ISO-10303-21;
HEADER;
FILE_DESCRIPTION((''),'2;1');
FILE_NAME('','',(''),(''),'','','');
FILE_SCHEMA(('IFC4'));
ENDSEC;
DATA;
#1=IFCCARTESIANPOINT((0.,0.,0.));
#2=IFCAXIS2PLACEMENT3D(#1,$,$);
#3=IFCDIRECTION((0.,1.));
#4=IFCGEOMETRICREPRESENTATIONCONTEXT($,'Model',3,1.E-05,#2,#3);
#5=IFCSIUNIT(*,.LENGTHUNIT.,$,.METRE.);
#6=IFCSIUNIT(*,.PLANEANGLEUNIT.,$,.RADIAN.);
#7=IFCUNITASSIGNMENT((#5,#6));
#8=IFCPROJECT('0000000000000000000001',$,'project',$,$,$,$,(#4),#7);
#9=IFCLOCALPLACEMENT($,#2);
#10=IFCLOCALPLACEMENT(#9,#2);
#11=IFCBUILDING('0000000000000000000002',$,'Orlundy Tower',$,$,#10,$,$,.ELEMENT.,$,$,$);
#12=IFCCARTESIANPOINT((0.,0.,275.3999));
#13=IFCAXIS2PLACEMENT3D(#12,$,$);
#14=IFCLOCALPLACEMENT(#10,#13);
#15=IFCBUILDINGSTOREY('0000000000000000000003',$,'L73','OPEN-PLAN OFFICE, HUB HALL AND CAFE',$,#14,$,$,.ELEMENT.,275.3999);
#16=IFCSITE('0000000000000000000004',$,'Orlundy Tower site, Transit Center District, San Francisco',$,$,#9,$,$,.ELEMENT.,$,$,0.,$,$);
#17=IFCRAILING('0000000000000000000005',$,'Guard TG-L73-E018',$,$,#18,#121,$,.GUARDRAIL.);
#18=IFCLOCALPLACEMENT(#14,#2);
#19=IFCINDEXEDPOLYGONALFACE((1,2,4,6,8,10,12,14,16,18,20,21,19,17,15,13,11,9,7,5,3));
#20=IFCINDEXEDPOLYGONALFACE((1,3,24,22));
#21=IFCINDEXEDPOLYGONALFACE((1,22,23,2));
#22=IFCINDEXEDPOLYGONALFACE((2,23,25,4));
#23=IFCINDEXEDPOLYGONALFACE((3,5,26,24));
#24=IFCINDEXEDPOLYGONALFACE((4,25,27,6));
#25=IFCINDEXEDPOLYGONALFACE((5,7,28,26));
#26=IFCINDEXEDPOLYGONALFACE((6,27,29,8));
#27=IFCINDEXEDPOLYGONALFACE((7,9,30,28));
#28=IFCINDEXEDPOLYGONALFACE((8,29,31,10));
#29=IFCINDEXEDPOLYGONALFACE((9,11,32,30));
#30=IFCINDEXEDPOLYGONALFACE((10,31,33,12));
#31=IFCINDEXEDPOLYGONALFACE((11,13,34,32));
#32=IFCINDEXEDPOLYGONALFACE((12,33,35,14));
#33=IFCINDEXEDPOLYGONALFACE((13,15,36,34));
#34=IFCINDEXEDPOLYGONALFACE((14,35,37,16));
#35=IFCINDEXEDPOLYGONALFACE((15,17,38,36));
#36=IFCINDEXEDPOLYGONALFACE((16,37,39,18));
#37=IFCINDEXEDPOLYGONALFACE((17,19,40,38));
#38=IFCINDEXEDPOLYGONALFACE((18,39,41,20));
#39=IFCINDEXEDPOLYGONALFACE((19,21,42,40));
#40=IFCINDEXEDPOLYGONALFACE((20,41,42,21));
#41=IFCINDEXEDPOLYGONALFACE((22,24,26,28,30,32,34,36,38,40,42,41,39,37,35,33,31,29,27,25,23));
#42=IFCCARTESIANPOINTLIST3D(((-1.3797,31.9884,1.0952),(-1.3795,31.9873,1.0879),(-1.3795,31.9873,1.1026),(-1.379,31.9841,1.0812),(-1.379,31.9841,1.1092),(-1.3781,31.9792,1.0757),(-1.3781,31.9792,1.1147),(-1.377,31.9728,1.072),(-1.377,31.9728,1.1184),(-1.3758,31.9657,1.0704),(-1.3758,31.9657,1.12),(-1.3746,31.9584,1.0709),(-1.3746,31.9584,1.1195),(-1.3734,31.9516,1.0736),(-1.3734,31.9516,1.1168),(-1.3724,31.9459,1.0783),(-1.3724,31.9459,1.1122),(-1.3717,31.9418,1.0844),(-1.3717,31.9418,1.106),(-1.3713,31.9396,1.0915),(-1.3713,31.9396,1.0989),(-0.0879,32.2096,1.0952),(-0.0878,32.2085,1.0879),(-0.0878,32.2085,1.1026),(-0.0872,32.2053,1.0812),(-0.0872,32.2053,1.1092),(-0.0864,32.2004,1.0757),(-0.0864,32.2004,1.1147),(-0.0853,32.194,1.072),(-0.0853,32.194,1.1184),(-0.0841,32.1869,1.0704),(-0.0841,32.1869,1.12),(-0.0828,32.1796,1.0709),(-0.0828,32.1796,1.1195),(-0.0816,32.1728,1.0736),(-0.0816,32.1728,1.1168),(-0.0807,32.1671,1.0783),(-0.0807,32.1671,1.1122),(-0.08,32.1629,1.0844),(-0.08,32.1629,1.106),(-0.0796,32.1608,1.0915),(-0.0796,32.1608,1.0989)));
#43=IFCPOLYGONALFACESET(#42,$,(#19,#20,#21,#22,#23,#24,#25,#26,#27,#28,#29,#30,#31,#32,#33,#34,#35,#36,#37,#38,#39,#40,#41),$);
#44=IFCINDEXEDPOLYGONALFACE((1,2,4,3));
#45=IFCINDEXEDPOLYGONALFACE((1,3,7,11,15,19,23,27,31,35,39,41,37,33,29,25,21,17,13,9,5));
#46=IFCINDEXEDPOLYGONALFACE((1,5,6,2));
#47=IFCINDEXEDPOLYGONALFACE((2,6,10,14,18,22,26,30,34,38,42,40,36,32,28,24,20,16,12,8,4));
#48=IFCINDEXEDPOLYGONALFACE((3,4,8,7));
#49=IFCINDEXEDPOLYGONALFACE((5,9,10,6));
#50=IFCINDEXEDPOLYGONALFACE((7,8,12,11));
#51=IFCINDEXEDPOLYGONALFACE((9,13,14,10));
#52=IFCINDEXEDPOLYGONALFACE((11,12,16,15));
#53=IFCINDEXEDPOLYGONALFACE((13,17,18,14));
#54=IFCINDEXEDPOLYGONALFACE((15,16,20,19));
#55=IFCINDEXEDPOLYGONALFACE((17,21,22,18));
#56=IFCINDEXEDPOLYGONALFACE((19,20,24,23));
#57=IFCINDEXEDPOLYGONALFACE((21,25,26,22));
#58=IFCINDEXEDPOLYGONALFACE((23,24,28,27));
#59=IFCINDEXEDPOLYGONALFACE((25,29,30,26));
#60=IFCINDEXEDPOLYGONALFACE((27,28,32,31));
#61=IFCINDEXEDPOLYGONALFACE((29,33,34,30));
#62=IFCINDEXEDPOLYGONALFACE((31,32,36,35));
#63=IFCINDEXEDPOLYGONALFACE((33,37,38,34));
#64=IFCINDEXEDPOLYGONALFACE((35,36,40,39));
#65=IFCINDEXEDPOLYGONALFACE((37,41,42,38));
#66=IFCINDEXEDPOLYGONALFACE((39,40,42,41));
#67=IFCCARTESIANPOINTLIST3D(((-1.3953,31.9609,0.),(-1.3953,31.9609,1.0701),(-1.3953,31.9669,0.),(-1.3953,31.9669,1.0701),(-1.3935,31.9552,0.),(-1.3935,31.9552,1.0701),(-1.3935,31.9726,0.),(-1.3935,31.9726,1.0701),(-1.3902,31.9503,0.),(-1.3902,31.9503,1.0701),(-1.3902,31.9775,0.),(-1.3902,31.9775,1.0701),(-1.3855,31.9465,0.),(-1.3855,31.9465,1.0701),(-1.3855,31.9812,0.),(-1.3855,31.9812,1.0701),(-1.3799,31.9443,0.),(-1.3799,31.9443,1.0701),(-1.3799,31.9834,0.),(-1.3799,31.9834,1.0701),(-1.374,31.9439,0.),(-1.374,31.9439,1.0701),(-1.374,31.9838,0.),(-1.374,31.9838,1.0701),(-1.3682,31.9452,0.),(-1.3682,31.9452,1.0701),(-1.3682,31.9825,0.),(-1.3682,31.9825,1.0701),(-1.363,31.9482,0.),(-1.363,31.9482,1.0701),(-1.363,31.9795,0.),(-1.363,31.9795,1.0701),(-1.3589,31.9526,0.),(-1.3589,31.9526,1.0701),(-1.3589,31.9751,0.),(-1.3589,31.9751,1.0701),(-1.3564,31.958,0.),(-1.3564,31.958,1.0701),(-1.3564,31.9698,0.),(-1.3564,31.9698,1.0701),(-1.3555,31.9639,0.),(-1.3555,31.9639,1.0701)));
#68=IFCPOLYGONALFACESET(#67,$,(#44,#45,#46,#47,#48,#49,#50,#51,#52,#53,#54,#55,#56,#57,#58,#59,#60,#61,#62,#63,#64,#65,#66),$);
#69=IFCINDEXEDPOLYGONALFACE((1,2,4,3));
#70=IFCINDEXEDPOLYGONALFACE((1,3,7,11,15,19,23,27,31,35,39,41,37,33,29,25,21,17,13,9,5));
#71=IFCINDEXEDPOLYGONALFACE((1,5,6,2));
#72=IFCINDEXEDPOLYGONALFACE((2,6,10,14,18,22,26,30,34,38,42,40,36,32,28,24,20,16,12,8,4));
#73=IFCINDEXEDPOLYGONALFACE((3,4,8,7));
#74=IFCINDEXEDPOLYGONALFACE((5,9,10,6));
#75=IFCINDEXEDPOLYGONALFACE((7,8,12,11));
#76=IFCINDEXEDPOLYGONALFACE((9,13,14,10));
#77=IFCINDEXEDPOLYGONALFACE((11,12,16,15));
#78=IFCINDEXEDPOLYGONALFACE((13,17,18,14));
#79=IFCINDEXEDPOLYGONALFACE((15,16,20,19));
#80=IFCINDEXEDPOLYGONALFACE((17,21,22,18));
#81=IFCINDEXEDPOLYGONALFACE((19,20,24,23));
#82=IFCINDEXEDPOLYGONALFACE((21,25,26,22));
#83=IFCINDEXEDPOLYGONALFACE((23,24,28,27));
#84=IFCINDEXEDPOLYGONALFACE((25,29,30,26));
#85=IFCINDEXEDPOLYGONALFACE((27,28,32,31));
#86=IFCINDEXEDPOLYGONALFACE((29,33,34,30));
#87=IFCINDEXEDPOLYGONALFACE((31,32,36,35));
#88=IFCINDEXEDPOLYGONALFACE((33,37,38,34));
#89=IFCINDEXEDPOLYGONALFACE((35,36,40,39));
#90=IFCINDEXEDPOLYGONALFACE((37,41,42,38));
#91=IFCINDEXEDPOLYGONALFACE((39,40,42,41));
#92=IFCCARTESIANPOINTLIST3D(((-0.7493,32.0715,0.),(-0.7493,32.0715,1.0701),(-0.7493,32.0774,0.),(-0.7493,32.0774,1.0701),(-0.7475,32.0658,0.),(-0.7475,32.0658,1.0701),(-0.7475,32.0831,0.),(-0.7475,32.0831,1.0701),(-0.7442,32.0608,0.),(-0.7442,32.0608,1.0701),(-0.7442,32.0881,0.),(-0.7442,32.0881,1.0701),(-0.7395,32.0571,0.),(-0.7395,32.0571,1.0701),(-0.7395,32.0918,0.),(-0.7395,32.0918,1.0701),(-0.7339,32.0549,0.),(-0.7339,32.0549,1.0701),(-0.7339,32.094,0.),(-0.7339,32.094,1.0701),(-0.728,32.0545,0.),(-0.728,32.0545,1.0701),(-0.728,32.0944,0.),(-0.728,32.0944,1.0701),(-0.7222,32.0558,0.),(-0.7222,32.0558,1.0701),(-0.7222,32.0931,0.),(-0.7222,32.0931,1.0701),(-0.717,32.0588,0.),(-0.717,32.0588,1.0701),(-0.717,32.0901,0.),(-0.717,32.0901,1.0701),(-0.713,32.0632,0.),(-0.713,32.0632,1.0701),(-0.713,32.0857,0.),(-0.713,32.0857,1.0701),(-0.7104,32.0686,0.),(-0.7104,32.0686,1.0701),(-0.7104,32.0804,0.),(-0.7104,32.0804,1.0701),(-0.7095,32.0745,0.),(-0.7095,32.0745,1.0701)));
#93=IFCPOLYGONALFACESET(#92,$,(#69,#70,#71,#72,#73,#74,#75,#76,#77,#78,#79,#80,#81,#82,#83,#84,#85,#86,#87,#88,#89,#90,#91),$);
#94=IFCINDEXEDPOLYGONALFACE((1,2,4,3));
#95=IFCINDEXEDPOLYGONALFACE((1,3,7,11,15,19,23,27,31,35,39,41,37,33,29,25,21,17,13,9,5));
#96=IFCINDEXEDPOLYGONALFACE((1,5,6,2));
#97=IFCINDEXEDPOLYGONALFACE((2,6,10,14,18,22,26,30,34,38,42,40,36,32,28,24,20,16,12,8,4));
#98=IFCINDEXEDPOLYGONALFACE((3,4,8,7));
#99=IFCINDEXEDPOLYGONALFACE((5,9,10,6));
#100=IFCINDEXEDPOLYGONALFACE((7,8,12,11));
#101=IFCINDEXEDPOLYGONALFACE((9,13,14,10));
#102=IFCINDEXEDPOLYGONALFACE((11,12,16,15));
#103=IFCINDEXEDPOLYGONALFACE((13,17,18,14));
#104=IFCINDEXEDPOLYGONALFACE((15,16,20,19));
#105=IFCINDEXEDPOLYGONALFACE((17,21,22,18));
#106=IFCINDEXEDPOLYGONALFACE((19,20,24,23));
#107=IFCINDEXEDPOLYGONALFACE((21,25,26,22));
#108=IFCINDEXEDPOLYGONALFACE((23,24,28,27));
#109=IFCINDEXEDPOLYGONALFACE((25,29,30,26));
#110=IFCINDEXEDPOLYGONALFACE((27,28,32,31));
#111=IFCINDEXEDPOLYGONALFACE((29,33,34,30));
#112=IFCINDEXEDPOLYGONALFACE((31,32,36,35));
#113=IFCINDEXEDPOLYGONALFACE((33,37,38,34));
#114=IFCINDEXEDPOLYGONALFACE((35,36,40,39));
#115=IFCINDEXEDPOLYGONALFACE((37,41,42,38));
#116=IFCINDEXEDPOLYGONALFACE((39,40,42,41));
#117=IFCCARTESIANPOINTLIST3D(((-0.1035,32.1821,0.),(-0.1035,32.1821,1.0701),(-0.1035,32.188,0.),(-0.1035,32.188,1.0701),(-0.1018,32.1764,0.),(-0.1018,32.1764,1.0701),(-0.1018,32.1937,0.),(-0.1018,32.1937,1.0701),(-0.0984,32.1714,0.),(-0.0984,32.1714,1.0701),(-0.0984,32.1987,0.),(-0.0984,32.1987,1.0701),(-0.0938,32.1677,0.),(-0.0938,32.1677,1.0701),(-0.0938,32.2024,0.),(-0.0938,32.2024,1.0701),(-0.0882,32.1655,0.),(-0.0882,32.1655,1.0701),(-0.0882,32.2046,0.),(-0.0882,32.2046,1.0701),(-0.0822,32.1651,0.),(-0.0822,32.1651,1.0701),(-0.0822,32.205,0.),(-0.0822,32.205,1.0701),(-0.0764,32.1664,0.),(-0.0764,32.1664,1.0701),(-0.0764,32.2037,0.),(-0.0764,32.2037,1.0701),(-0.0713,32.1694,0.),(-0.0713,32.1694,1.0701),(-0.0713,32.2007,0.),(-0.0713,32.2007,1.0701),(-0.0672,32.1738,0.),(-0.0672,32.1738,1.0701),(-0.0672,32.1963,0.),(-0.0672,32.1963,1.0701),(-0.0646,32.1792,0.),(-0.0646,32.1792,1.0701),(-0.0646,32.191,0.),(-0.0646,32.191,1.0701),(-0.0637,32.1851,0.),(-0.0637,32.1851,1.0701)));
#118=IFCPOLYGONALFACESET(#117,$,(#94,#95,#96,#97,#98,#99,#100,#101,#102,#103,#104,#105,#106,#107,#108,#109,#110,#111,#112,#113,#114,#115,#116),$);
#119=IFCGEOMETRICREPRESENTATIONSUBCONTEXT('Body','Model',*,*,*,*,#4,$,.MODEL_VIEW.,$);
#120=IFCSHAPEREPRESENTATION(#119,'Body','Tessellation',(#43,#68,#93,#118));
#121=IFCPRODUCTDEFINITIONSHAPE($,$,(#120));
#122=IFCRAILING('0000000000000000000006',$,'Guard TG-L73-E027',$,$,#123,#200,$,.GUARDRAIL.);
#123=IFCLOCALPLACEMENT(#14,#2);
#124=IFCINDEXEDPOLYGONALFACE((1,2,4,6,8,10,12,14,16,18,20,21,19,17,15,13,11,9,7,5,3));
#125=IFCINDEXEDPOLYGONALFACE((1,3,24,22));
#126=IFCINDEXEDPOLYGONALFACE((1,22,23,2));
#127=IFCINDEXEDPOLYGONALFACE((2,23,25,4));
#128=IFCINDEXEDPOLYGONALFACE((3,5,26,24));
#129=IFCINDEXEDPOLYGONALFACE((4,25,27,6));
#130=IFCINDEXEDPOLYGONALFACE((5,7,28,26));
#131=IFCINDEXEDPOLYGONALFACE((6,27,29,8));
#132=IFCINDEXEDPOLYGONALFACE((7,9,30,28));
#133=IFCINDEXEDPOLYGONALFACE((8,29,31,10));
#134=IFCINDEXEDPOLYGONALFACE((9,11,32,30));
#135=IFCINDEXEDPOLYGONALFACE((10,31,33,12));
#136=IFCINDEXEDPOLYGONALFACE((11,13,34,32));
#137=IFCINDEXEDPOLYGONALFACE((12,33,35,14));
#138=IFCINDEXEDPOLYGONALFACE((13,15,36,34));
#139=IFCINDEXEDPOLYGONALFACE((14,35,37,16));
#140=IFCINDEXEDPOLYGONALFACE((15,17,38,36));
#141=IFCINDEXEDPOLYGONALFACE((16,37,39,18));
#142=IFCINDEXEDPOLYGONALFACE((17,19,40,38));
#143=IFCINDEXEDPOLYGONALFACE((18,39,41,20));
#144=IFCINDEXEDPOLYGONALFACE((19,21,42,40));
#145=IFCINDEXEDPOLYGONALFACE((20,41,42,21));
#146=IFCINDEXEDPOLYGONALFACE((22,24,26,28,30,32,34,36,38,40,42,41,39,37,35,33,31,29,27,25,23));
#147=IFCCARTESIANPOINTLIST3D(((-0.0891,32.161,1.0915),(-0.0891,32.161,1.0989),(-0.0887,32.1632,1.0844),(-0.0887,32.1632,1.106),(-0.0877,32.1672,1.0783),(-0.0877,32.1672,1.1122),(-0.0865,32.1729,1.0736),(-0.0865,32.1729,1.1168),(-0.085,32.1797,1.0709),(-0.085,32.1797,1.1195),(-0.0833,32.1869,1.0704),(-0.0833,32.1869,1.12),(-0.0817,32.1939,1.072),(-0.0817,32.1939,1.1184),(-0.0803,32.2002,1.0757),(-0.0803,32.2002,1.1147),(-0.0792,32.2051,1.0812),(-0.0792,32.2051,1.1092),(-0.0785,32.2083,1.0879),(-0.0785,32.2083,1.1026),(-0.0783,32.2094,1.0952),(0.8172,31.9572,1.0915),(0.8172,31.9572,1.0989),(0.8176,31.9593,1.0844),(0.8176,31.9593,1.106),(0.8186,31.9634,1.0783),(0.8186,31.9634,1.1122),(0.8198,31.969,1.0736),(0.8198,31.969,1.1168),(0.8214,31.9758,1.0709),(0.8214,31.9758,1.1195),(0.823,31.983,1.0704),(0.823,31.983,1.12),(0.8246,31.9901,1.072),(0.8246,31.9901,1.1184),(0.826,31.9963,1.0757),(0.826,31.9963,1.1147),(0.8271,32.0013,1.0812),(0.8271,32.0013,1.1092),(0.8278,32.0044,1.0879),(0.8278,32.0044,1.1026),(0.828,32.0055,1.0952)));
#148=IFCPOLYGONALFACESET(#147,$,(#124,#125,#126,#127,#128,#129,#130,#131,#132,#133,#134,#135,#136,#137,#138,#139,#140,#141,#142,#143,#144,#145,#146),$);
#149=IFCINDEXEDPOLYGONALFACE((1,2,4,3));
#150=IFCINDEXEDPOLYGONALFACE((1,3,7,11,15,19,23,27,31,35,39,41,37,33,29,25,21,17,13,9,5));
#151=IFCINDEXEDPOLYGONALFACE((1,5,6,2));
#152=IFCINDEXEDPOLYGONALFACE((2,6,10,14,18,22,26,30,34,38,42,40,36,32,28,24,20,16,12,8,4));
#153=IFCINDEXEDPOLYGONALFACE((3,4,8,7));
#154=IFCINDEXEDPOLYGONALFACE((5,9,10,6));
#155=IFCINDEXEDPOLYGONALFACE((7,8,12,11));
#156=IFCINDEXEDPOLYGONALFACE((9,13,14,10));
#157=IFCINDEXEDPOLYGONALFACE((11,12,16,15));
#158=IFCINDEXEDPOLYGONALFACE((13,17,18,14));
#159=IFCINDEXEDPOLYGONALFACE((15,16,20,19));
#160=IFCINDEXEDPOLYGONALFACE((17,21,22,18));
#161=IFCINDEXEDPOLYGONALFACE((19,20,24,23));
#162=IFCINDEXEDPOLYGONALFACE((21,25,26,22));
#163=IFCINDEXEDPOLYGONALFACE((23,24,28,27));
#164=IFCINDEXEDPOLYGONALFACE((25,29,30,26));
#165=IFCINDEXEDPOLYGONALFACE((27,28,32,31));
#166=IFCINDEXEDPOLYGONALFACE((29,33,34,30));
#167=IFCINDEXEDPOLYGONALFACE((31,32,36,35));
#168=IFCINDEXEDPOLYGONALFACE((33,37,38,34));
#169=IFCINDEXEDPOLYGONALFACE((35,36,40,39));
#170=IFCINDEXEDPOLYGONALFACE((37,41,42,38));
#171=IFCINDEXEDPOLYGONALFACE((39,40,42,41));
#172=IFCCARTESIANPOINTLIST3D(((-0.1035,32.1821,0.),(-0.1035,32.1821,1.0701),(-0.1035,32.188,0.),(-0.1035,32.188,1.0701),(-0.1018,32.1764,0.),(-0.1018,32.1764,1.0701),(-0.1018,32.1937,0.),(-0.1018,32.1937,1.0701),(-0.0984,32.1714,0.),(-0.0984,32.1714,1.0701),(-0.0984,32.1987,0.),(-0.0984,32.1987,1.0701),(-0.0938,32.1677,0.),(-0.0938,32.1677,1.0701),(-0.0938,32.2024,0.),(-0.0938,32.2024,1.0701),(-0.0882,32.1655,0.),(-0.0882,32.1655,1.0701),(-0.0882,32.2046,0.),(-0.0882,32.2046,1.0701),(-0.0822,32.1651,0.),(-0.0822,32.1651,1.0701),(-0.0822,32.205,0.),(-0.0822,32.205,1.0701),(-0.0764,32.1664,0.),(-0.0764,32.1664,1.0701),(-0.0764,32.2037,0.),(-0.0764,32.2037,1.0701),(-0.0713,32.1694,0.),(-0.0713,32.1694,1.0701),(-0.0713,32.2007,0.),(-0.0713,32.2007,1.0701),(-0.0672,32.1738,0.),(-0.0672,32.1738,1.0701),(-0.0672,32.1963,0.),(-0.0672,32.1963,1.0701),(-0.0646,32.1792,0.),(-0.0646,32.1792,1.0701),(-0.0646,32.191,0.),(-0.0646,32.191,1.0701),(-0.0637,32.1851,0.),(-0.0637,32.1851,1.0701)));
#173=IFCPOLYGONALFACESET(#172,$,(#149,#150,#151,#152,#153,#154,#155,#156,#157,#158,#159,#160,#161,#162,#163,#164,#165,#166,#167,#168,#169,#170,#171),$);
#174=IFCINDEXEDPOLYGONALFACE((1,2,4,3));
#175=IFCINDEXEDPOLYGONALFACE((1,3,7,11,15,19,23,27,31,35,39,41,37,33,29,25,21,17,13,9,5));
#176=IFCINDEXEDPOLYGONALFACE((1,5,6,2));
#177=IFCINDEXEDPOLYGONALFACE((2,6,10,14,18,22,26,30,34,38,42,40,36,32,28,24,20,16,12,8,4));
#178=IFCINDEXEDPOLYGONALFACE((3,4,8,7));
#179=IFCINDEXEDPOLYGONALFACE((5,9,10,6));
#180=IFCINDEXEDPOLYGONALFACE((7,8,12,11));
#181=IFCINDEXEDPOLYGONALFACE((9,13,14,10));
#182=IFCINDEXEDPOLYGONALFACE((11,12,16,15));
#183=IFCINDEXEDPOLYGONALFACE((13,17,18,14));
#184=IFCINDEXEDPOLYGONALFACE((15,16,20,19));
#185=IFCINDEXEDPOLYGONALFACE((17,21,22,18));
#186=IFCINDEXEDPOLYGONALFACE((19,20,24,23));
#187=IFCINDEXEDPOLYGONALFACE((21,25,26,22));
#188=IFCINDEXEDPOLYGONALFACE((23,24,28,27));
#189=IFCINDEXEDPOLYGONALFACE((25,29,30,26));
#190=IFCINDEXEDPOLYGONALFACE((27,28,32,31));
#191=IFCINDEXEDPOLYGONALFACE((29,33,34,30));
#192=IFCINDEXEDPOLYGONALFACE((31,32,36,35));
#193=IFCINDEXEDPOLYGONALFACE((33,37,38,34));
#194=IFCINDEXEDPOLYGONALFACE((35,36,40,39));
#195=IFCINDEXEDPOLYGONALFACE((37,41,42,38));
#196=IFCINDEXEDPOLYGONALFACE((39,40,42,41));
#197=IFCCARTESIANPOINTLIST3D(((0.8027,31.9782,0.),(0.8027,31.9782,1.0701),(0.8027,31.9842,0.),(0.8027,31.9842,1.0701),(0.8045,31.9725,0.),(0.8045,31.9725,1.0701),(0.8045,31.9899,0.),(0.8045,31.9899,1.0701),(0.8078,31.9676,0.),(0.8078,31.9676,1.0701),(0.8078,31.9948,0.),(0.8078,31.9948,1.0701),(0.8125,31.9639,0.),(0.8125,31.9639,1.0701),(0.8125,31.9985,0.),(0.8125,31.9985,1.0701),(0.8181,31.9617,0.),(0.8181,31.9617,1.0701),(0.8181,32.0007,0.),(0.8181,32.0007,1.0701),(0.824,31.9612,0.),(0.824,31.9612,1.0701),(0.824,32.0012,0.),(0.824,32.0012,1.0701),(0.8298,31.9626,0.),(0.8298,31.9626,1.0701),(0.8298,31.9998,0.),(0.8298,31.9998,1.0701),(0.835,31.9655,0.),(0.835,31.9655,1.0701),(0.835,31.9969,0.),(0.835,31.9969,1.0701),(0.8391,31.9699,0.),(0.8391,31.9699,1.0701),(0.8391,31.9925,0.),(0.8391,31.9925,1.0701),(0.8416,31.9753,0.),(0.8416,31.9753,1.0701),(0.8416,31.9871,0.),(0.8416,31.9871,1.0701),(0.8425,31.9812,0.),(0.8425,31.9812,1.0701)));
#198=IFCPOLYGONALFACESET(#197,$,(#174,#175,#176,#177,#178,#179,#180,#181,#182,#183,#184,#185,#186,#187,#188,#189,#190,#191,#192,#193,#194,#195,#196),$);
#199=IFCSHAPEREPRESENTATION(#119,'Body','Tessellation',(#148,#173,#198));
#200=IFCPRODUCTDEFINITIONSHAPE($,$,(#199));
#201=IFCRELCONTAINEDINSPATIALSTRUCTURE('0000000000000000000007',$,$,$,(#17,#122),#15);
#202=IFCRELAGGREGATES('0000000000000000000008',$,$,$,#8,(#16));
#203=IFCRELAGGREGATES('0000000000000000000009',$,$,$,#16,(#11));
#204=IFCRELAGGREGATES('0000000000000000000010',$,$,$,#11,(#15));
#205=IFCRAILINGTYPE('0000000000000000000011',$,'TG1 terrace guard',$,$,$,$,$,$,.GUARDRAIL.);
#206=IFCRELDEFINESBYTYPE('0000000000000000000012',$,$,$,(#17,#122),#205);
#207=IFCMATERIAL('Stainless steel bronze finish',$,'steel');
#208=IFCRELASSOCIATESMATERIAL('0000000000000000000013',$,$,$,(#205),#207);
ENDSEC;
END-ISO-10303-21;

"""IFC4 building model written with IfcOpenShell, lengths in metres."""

from ifc_helpers import new_model, si_unit, direction, frame, origin, origin_2d, place, context, subcontext, project, spatial, circle, extrude, material, type_object, element, save


model = new_model("IFC4")

# Units and contexts
model_context = context("Model", 3, precision=1e-05, world=origin(), true_north=direction((0.0, 1.0)))
body_context = subcontext(model_context, "Body", "Model", "MODEL_VIEW")
ifc_project = project(units=[si_unit("LENGTHUNIT", "METRE"), si_unit("PLANEANGLEUNIT", "RADIAN")], contexts=[model_context])

# Site, building, storey
site_placement = place(None, origin())
site = spatial("IfcSite", under=ifc_project, at=site_placement, Name="Orlundy Tower site, Transit Center District, San Francisco", CompositionType="ELEMENT", RefElevation=0.0)
building_placement = place(site_placement, origin())
building = spatial("IfcBuilding", under=site, at=building_placement, Name="Orlundy Tower", CompositionType="ELEMENT")
storey_placement = place(building_placement, frame((0.0, 0.0, 275.3999)))
storey = spatial("IfcBuildingStorey", under=building, at=storey_placement, Name="L73", Description="OPEN-PLAN OFFICE, HUB HALL AND CAFE", CompositionType="ELEMENT", Elevation=275.3999)

# Railings
ifc_material_1 = material(Name="Stainless steel bronze finish", Category="steel")
railing_type = type_object("IfcRailingType", Name="TG1 terrace guard", PredefinedType="GUARDRAIL", material=ifc_material_1)
railing_1_placement = place(storey_placement, frame((-1.3755, 31.9639, 0.0)))
element("IfcRailing", 1, at=railing_1_placement, inside=storey, type_object=railing_type, Name="Guard TG-L73-E018", PredefinedType="GUARDRAIL", context=body_context, shape_type="SweptSolid", body=[
    extrude(circle(Radius=0.0249, at=origin_2d()), frame((0.0, 0.0, 1.0952), z_axis=(0.985654, 0.168778, 0.0), x_axis=(-0.168778, 0.985654, 0.0)), (0.0, 0.0, 1.0), 1.3105),
    extrude(circle(Radius=0.02, at=origin_2d()), origin(), (0.0, 0.0, 1.0), 1.0701),
    extrude(circle(Radius=0.02, at=origin_2d()), frame((0.646, 0.1106, 0.0)), (0.0, 0.0, 1.0), 1.0701),
    extrude(circle(Radius=0.02, at=origin_2d()), frame((1.2917, 0.2212, 0.0)), (0.0, 0.0, 1.0), 1.0701),
])
railing_2_placement = place(storey_placement, frame((-0.0837, 32.1851, 0.0)))
element("IfcRailing", 2, at=railing_2_placement, inside=storey, type_object=railing_type, Name="Guard TG-L73-E027", PredefinedType="GUARDRAIL", context=body_context, shape_type="SweptSolid", body=[
    extrude(circle(Radius=0.0249, at=origin_2d()), frame((0.0, 0.0, 1.0952), z_axis=(0.975621, -0.219462, 0.0), x_axis=(0.219462, 0.975621, 0.0)), (0.0, 0.0, 1.0), 0.929),
    extrude(circle(Radius=0.02, at=origin_2d()), origin(), (0.0, 0.0, 1.0), 1.0701),
    extrude(circle(Radius=0.02, at=origin_2d()), frame((0.9062, -0.2039, 0.0)), (0.0, 0.0, 1.0), 1.0701),
])

save(model, "model.ifc")
